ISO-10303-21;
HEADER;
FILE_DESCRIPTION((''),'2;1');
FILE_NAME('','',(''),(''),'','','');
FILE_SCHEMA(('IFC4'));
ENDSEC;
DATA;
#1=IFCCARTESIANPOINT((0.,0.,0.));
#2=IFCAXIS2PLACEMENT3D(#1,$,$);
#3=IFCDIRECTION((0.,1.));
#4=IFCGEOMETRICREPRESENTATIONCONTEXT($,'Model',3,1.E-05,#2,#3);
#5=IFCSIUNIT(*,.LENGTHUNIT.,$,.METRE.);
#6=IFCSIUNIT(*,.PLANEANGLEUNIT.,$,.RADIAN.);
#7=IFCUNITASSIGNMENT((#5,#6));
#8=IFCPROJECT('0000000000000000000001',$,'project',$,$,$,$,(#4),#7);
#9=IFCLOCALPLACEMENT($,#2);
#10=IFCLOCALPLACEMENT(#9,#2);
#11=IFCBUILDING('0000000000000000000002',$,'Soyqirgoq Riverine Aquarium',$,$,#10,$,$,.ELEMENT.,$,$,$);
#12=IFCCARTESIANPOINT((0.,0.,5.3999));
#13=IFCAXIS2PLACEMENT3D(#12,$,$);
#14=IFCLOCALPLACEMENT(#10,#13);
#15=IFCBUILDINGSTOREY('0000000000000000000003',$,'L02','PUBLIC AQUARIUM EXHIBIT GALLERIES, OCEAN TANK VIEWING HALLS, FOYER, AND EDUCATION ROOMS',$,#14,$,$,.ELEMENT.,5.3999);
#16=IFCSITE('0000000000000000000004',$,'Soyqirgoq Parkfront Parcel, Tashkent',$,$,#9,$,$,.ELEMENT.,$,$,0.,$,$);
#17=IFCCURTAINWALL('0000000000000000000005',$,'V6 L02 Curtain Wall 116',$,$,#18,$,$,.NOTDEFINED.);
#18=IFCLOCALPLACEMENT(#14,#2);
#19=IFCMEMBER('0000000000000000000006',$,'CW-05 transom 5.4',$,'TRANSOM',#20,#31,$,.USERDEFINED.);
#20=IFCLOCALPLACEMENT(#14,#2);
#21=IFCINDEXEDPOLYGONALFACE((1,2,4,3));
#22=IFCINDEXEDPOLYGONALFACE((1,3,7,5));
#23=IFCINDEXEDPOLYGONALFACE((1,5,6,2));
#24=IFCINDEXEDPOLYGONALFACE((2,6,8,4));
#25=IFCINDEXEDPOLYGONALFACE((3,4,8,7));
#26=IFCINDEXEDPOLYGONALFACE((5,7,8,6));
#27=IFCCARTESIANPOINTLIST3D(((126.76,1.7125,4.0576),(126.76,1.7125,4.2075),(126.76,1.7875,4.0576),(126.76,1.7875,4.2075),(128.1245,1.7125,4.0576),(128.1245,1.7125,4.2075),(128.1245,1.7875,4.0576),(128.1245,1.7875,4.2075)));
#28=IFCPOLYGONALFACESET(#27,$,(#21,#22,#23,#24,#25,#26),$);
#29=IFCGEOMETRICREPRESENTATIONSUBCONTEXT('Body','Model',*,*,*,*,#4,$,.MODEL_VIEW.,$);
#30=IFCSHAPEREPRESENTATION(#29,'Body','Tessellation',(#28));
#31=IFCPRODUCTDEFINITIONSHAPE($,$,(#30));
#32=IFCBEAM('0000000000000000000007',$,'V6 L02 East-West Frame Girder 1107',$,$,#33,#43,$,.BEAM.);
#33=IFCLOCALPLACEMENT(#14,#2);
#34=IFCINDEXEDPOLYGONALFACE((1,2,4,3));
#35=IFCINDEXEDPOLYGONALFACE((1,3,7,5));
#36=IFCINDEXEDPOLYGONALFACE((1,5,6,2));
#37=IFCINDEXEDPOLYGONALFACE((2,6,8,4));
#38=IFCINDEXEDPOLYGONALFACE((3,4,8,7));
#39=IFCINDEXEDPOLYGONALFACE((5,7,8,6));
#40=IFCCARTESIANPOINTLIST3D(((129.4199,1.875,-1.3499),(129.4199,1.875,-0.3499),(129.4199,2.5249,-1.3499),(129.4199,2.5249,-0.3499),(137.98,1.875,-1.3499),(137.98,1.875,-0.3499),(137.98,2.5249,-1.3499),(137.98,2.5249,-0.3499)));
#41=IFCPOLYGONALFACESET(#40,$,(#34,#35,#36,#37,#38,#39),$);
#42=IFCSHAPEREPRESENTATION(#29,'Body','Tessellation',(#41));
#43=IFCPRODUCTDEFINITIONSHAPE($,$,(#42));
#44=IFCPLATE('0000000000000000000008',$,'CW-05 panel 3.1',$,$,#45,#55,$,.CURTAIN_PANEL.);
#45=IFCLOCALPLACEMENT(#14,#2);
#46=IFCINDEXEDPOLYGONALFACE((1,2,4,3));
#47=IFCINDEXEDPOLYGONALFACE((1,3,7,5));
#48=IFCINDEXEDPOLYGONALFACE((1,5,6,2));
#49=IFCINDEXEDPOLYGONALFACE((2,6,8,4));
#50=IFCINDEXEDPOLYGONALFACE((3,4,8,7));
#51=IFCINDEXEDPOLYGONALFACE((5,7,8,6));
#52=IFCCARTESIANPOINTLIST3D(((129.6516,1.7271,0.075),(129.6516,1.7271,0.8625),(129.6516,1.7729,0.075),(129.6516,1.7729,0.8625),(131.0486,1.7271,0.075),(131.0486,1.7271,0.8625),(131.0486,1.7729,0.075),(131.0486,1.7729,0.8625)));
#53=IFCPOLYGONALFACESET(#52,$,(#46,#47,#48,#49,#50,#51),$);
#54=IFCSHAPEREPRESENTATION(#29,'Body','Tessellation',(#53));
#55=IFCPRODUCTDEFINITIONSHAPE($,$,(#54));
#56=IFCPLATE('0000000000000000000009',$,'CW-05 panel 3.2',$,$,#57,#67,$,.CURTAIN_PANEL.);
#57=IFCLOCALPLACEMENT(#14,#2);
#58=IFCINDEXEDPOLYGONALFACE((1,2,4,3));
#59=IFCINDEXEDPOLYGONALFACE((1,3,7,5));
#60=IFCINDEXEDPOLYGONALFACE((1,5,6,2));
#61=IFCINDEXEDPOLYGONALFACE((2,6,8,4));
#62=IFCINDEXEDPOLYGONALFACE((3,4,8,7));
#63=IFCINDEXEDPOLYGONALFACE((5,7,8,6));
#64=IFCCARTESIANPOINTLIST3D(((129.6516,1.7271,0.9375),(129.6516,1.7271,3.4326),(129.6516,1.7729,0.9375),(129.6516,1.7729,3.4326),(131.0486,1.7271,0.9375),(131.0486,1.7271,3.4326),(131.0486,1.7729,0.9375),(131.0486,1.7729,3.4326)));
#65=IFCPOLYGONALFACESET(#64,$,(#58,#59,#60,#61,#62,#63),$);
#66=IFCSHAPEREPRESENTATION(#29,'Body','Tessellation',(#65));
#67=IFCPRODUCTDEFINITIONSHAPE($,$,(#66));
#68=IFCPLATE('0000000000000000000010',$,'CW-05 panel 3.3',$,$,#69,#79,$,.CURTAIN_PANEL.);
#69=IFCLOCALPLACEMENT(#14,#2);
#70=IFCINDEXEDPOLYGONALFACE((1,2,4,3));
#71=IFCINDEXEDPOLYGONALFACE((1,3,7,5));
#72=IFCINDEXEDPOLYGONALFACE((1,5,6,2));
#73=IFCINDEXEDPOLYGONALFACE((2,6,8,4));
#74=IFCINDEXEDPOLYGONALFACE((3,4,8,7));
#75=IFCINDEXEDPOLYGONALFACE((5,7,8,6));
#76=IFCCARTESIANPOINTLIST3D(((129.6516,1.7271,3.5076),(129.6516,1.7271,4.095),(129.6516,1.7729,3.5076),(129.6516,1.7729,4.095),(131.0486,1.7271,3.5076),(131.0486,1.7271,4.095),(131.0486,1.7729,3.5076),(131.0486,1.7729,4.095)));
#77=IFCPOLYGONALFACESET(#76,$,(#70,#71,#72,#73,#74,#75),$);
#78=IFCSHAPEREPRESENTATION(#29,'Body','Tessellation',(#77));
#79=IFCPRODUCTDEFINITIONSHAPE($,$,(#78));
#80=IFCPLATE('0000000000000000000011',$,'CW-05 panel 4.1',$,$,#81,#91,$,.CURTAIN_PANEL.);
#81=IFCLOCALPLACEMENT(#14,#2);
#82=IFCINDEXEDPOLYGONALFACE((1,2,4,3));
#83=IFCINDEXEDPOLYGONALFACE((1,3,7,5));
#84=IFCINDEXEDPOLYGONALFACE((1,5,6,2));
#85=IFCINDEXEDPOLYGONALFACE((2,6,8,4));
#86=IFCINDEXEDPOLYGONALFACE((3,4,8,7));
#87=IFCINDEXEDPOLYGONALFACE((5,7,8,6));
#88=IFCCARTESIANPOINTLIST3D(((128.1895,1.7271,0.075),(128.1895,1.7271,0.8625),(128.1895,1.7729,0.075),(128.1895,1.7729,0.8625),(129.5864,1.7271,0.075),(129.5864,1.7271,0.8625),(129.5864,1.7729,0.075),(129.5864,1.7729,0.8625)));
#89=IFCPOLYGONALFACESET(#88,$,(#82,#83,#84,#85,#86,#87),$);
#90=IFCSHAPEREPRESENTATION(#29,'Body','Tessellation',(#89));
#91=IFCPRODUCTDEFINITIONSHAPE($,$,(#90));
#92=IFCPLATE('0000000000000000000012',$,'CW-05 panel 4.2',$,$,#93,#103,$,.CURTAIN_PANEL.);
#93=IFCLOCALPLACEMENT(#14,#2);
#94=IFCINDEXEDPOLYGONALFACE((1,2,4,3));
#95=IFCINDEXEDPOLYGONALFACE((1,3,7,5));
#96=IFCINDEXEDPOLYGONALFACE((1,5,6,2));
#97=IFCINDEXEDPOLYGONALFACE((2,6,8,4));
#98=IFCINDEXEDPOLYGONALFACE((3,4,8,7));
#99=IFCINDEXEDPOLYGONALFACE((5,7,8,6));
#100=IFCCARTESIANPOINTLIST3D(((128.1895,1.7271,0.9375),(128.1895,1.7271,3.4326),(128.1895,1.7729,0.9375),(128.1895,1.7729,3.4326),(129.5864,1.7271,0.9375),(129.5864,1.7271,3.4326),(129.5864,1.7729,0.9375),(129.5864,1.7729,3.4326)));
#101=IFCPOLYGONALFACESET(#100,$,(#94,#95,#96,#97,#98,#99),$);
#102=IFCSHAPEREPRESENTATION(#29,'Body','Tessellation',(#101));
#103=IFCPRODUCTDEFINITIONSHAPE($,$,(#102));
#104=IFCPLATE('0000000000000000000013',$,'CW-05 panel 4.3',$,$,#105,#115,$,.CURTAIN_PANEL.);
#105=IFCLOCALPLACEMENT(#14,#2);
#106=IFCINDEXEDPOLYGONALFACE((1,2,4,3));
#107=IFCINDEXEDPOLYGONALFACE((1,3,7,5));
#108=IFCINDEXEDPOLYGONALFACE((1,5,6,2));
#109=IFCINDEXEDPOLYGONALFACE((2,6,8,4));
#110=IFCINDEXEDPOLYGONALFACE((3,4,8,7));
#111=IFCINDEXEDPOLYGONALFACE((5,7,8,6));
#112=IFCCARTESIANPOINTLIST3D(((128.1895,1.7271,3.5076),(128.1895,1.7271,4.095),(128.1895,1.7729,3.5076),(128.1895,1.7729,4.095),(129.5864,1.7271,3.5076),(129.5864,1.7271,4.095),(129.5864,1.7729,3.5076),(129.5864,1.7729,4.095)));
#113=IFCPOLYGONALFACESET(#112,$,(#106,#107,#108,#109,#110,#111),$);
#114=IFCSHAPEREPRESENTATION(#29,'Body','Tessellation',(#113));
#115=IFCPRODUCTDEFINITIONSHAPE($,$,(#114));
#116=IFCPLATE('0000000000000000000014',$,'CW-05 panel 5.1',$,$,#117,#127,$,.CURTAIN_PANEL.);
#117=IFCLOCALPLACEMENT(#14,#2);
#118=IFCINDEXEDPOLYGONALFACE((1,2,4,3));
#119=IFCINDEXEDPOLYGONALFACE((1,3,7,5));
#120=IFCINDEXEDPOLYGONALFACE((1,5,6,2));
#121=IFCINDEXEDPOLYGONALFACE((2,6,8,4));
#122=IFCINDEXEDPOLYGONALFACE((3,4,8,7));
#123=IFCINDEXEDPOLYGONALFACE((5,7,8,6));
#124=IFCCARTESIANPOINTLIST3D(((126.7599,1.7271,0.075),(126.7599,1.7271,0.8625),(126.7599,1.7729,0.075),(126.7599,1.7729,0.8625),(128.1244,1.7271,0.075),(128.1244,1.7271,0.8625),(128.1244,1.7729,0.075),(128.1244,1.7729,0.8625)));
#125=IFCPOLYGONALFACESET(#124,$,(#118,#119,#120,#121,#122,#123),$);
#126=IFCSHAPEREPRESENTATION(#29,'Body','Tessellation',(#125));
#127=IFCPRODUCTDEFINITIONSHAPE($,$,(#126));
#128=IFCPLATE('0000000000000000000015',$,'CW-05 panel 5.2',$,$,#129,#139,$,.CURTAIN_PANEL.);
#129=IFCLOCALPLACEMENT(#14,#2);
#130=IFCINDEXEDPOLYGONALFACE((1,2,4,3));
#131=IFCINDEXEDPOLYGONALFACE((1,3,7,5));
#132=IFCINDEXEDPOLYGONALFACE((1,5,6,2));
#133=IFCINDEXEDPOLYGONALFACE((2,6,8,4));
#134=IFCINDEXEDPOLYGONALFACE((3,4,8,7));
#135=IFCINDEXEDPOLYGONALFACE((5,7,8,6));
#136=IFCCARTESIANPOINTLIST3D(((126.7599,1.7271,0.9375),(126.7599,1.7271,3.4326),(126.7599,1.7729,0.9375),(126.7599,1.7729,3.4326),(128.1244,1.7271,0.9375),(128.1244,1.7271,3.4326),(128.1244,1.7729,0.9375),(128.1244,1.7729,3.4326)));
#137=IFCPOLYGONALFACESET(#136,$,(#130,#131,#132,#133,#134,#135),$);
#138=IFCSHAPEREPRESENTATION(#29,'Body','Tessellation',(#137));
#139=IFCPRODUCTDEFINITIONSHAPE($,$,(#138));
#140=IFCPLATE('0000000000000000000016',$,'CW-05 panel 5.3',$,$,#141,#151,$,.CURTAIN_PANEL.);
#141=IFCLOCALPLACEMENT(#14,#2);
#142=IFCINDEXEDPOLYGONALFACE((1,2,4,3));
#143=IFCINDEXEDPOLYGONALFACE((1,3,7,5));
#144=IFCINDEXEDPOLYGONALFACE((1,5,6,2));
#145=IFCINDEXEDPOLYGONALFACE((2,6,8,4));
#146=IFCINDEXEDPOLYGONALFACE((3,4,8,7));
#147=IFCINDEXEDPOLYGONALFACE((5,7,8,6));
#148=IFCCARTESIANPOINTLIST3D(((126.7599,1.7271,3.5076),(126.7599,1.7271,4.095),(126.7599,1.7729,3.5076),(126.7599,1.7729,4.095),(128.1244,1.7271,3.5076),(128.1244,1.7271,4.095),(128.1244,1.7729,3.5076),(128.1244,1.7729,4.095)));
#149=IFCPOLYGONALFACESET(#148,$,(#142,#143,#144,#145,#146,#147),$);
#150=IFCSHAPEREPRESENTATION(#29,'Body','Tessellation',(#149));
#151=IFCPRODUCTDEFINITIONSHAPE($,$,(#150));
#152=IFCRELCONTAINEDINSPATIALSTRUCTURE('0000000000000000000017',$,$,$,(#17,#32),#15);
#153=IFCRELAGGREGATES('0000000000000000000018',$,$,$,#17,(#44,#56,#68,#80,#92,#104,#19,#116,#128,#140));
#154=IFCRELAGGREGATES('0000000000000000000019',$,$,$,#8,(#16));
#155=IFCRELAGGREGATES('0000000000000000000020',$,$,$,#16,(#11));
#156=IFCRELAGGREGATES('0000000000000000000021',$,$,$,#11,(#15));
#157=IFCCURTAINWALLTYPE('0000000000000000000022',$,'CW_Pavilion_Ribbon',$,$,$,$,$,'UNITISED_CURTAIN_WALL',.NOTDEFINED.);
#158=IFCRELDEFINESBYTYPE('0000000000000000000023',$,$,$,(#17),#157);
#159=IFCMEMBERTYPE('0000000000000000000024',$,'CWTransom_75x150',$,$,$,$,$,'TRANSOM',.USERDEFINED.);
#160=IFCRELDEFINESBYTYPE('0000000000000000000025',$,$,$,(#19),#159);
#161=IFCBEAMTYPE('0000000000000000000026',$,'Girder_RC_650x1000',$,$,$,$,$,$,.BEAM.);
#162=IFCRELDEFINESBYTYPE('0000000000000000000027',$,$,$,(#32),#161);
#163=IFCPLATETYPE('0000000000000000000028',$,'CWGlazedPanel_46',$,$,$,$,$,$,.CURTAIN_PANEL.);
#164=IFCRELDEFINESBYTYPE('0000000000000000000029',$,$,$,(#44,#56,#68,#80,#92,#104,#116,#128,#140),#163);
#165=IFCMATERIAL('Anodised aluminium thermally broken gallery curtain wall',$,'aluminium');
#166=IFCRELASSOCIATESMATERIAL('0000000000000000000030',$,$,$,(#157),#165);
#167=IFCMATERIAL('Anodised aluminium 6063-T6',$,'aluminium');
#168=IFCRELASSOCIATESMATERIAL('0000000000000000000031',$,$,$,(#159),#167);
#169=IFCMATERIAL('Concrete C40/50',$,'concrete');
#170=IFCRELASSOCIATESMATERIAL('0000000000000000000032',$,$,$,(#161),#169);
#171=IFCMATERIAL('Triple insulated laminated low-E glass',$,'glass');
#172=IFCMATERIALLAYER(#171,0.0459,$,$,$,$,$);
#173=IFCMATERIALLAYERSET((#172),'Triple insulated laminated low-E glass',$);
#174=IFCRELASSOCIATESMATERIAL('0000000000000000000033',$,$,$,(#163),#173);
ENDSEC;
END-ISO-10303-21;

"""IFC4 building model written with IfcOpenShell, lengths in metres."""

from ifc_helpers import new_model, si_unit, direction, frame, origin, origin_2d, place, context, subcontext, project, spatial, rectangle, extrude, material, layer, layer_set, material_profile, profile_set, type_object, element, aggregate, save


model = new_model("IFC4")

# Units and contexts
model_context = context("Model", 3, precision=1e-05, world=origin(), true_north=direction((0.0, 1.0)))
body_context = subcontext(model_context, "Body", "Model", "MODEL_VIEW")
ifc_project = project(units=[si_unit("LENGTHUNIT", "METRE"), si_unit("PLANEANGLEUNIT", "RADIAN")], contexts=[model_context])

# Site, building, storey
site_placement = place(None, origin())
site = spatial("IfcSite", under=ifc_project, at=site_placement, Name="Soyqirgoq Parkfront Parcel, Tashkent", CompositionType="ELEMENT", RefElevation=0.0)
building_placement = place(site_placement, origin())
building = spatial("IfcBuilding", under=site, at=building_placement, Name="Soyqirgoq Riverine Aquarium", CompositionType="ELEMENT")
storey_placement = place(building_placement, frame((0.0, 0.0, 5.3999)))
storey = spatial("IfcBuildingStorey", under=building, at=storey_placement, Name="L02", Description="PUBLIC AQUARIUM EXHIBIT GALLERIES, OCEAN TANK VIEWING HALLS, FOYER, AND EDUCATION ROOMS", CompositionType="ELEMENT", Elevation=5.3999)

# Curtain wall, member
ifc_material_1 = material(Name="Anodised aluminium thermally broken gallery curtain wall", Category="aluminium")
curtain_wall_type = type_object("IfcCurtainWallType", Name="CW_Pavilion_Ribbon", ElementType="UNITISED_CURTAIN_WALL", PredefinedType="NOTDEFINED", material=ifc_material_1)
curtain_wall_placement = place(storey_placement, origin())
curtain_wall = element("IfcCurtainWall", 1, at=curtain_wall_placement, inside=storey, type_object=curtain_wall_type, Name="V6 L02 Curtain Wall 116", PredefinedType="NOTDEFINED")
ifc_material_2 = material(Name="Anodised aluminium 6063-T6", Category="aluminium")
ifc_material_profile_1 = material_profile(ifc_material_2, rectangle(XDim=0.075, YDim=0.1499, at=origin_2d()), Name="ALU-T 75x150")
ifc_profile_set_1 = profile_set([ifc_material_profile_1], Name="Anodised aluminium 6063-T6")
member_type_1 = type_object("IfcMemberType", Name="CWTransom_75x150", ElementType="TRANSOM", PredefinedType="USERDEFINED", material=ifc_profile_set_1)
member_1_placement = place(storey_placement, frame((128.1245, 1.75, 4.1326), z_axis=(-1.0, 0.0, 0.0), x_axis=(0.0, -1.0, 0.0)))
member_1 = element("IfcMember", 2, at=member_1_placement, type_object=member_type_1, Name="CW-05 transom 5.4", ObjectType="TRANSOM", PredefinedType="USERDEFINED", context=body_context, shape_type="SweptSolid", body=[
    extrude(rectangle(XDim=0.075, YDim=0.1499, at=origin_2d()), origin(), (0.0, 0.0, 1.0), 1.3645),
])

# Beam
ifc_material_3 = material(Name="Concrete C40/50", Category="concrete")
ifc_material_profile_2 = material_profile(ifc_material_3, rectangle(XDim=0.6499, YDim=1.0, at=origin_2d()), Name="RC 650x1000")
ifc_profile_set_2 = profile_set([ifc_material_profile_2], Name="Concrete C40/50")
beam_type = type_object("IfcBeamType", Name="Girder_RC_650x1000", PredefinedType="BEAM", material=ifc_profile_set_2)
beam_placement = place(storey_placement, frame((129.4199, 2.2, -0.8499), z_axis=(1.0, 0.0, 0.0), x_axis=(0.0, 1.0, 0.0)))
element("IfcBeam", 3, at=beam_placement, inside=storey, type_object=beam_type, Name="V6 L02 East-West Frame Girder 1107", PredefinedType="BEAM", context=body_context, shape_type="SweptSolid", body=[
    extrude(rectangle(XDim=0.6499, YDim=1.0, at=origin_2d()), origin(), (0.0, 0.0, 1.0), 8.5601),
])

# Plates
ifc_material_4 = material(Name="Triple insulated laminated low-E glass", Category="glass")
ifc_layer = layer(ifc_material_4, 0.0459)
ifc_layer_set = layer_set([ifc_layer], Name="Triple insulated laminated low-E glass")
plate_type = type_object("IfcPlateType", Name="CWGlazedPanel_46", PredefinedType="CURTAIN_PANEL", material=ifc_layer_set)
plate_1_placement = place(storey_placement, frame((130.3501, 1.75, 0.075), z_axis=(0.0, 0.0, 1.0), x_axis=(-1.0, 0.0, 0.0)))
plate_1 = element("IfcPlate", 4, at=plate_1_placement, type_object=plate_type, Name="CW-05 panel 3.1", PredefinedType="CURTAIN_PANEL", context=body_context, shape_type="SweptSolid", body=[
    extrude(rectangle(XDim=1.397, YDim=0.0459, at=origin_2d()), origin(), (0.0, 0.0, 1.0), 0.7876),
])
plate_2_placement = place(storey_placement, frame((130.3501, 1.75, 0.9375), z_axis=(0.0, 0.0, 1.0), x_axis=(-1.0, 0.0, 0.0)))
plate_2 = element("IfcPlate", 5, at=plate_2_placement, type_object=plate_type, Name="CW-05 panel 3.2", PredefinedType="CURTAIN_PANEL", context=body_context, shape_type="SweptSolid", body=[
    extrude(rectangle(XDim=1.397, YDim=0.0459, at=origin_2d()), origin(), (0.0, 0.0, 1.0), 2.4951),
])
plate_3_placement = place(storey_placement, frame((130.3501, 1.75, 3.5076), z_axis=(0.0, 0.0, 1.0), x_axis=(-1.0, 0.0, 0.0)))
plate_3 = element("IfcPlate", 6, at=plate_3_placement, type_object=plate_type, Name="CW-05 panel 3.3", PredefinedType="CURTAIN_PANEL", context=body_context, shape_type="SweptSolid", body=[
    extrude(rectangle(XDim=1.397, YDim=0.0459, at=origin_2d()), origin(), (0.0, 0.0, 1.0), 0.5874),
])
plate_4_placement = place(storey_placement, frame((128.8879, 1.75, 0.075), z_axis=(0.0, 0.0, 1.0), x_axis=(-1.0, 0.0, 0.0)))
plate_4 = element("IfcPlate", 7, at=plate_4_placement, type_object=plate_type, Name="CW-05 panel 4.1", PredefinedType="CURTAIN_PANEL", context=body_context, shape_type="SweptSolid", body=[
    extrude(rectangle(XDim=1.397, YDim=0.0459, at=origin_2d()), origin(), (0.0, 0.0, 1.0), 0.7876),
])
plate_5_placement = place(storey_placement, frame((128.8879, 1.75, 0.9375), z_axis=(0.0, 0.0, 1.0), x_axis=(-1.0, 0.0, 0.0)))
plate_5 = element("IfcPlate", 8, at=plate_5_placement, type_object=plate_type, Name="CW-05 panel 4.2", PredefinedType="CURTAIN_PANEL", context=body_context, shape_type="SweptSolid", body=[
    extrude(rectangle(XDim=1.397, YDim=0.0459, at=origin_2d()), origin(), (0.0, 0.0, 1.0), 2.4951),
])
plate_6_placement = place(storey_placement, frame((128.8879, 1.75, 3.5076), z_axis=(0.0, 0.0, 1.0), x_axis=(-1.0, 0.0, 0.0)))
plate_6 = element("IfcPlate", 9, at=plate_6_placement, type_object=plate_type, Name="CW-05 panel 4.3", PredefinedType="CURTAIN_PANEL", context=body_context, shape_type="SweptSolid", body=[
    extrude(rectangle(XDim=1.397, YDim=0.0459, at=origin_2d()), origin(), (0.0, 0.0, 1.0), 0.5874),
])
plate_7_placement = place(storey_placement, frame((127.4421, 1.75, 0.075), z_axis=(0.0, 0.0, 1.0), x_axis=(-1.0, 0.0, 0.0)))
plate_7 = element("IfcPlate", 10, at=plate_7_placement, type_object=plate_type, Name="CW-05 panel 5.1", PredefinedType="CURTAIN_PANEL", context=body_context, shape_type="SweptSolid", body=[
    extrude(rectangle(XDim=1.3645, YDim=0.0459, at=origin_2d()), origin(), (0.0, 0.0, 1.0), 0.7876),
])
plate_8_placement = place(storey_placement, frame((127.4421, 1.75, 0.9375), z_axis=(0.0, 0.0, 1.0), x_axis=(-1.0, 0.0, 0.0)))
plate_8 = element("IfcPlate", 11, at=plate_8_placement, type_object=plate_type, Name="CW-05 panel 5.2", PredefinedType="CURTAIN_PANEL", context=body_context, shape_type="SweptSolid", body=[
    extrude(rectangle(XDim=1.3645, YDim=0.0459, at=origin_2d()), origin(), (0.0, 0.0, 1.0), 2.4951),
])
plate_9_placement = place(storey_placement, frame((127.4421, 1.75, 3.5076), z_axis=(0.0, 0.0, 1.0), x_axis=(-1.0, 0.0, 0.0)))
plate_9 = element("IfcPlate", 12, at=plate_9_placement, type_object=plate_type, Name="CW-05 panel 5.3", PredefinedType="CURTAIN_PANEL", context=body_context, shape_type="SweptSolid", body=[
    extrude(rectangle(XDim=1.3645, YDim=0.0459, at=origin_2d()), origin(), (0.0, 0.0, 1.0), 0.5874),
])
aggregate(curtain_wall, [plate_1, plate_2, plate_3, plate_4, plate_5, plate_6, member_1, plate_7, plate_8, plate_9])

save(model, "model.ifc")
